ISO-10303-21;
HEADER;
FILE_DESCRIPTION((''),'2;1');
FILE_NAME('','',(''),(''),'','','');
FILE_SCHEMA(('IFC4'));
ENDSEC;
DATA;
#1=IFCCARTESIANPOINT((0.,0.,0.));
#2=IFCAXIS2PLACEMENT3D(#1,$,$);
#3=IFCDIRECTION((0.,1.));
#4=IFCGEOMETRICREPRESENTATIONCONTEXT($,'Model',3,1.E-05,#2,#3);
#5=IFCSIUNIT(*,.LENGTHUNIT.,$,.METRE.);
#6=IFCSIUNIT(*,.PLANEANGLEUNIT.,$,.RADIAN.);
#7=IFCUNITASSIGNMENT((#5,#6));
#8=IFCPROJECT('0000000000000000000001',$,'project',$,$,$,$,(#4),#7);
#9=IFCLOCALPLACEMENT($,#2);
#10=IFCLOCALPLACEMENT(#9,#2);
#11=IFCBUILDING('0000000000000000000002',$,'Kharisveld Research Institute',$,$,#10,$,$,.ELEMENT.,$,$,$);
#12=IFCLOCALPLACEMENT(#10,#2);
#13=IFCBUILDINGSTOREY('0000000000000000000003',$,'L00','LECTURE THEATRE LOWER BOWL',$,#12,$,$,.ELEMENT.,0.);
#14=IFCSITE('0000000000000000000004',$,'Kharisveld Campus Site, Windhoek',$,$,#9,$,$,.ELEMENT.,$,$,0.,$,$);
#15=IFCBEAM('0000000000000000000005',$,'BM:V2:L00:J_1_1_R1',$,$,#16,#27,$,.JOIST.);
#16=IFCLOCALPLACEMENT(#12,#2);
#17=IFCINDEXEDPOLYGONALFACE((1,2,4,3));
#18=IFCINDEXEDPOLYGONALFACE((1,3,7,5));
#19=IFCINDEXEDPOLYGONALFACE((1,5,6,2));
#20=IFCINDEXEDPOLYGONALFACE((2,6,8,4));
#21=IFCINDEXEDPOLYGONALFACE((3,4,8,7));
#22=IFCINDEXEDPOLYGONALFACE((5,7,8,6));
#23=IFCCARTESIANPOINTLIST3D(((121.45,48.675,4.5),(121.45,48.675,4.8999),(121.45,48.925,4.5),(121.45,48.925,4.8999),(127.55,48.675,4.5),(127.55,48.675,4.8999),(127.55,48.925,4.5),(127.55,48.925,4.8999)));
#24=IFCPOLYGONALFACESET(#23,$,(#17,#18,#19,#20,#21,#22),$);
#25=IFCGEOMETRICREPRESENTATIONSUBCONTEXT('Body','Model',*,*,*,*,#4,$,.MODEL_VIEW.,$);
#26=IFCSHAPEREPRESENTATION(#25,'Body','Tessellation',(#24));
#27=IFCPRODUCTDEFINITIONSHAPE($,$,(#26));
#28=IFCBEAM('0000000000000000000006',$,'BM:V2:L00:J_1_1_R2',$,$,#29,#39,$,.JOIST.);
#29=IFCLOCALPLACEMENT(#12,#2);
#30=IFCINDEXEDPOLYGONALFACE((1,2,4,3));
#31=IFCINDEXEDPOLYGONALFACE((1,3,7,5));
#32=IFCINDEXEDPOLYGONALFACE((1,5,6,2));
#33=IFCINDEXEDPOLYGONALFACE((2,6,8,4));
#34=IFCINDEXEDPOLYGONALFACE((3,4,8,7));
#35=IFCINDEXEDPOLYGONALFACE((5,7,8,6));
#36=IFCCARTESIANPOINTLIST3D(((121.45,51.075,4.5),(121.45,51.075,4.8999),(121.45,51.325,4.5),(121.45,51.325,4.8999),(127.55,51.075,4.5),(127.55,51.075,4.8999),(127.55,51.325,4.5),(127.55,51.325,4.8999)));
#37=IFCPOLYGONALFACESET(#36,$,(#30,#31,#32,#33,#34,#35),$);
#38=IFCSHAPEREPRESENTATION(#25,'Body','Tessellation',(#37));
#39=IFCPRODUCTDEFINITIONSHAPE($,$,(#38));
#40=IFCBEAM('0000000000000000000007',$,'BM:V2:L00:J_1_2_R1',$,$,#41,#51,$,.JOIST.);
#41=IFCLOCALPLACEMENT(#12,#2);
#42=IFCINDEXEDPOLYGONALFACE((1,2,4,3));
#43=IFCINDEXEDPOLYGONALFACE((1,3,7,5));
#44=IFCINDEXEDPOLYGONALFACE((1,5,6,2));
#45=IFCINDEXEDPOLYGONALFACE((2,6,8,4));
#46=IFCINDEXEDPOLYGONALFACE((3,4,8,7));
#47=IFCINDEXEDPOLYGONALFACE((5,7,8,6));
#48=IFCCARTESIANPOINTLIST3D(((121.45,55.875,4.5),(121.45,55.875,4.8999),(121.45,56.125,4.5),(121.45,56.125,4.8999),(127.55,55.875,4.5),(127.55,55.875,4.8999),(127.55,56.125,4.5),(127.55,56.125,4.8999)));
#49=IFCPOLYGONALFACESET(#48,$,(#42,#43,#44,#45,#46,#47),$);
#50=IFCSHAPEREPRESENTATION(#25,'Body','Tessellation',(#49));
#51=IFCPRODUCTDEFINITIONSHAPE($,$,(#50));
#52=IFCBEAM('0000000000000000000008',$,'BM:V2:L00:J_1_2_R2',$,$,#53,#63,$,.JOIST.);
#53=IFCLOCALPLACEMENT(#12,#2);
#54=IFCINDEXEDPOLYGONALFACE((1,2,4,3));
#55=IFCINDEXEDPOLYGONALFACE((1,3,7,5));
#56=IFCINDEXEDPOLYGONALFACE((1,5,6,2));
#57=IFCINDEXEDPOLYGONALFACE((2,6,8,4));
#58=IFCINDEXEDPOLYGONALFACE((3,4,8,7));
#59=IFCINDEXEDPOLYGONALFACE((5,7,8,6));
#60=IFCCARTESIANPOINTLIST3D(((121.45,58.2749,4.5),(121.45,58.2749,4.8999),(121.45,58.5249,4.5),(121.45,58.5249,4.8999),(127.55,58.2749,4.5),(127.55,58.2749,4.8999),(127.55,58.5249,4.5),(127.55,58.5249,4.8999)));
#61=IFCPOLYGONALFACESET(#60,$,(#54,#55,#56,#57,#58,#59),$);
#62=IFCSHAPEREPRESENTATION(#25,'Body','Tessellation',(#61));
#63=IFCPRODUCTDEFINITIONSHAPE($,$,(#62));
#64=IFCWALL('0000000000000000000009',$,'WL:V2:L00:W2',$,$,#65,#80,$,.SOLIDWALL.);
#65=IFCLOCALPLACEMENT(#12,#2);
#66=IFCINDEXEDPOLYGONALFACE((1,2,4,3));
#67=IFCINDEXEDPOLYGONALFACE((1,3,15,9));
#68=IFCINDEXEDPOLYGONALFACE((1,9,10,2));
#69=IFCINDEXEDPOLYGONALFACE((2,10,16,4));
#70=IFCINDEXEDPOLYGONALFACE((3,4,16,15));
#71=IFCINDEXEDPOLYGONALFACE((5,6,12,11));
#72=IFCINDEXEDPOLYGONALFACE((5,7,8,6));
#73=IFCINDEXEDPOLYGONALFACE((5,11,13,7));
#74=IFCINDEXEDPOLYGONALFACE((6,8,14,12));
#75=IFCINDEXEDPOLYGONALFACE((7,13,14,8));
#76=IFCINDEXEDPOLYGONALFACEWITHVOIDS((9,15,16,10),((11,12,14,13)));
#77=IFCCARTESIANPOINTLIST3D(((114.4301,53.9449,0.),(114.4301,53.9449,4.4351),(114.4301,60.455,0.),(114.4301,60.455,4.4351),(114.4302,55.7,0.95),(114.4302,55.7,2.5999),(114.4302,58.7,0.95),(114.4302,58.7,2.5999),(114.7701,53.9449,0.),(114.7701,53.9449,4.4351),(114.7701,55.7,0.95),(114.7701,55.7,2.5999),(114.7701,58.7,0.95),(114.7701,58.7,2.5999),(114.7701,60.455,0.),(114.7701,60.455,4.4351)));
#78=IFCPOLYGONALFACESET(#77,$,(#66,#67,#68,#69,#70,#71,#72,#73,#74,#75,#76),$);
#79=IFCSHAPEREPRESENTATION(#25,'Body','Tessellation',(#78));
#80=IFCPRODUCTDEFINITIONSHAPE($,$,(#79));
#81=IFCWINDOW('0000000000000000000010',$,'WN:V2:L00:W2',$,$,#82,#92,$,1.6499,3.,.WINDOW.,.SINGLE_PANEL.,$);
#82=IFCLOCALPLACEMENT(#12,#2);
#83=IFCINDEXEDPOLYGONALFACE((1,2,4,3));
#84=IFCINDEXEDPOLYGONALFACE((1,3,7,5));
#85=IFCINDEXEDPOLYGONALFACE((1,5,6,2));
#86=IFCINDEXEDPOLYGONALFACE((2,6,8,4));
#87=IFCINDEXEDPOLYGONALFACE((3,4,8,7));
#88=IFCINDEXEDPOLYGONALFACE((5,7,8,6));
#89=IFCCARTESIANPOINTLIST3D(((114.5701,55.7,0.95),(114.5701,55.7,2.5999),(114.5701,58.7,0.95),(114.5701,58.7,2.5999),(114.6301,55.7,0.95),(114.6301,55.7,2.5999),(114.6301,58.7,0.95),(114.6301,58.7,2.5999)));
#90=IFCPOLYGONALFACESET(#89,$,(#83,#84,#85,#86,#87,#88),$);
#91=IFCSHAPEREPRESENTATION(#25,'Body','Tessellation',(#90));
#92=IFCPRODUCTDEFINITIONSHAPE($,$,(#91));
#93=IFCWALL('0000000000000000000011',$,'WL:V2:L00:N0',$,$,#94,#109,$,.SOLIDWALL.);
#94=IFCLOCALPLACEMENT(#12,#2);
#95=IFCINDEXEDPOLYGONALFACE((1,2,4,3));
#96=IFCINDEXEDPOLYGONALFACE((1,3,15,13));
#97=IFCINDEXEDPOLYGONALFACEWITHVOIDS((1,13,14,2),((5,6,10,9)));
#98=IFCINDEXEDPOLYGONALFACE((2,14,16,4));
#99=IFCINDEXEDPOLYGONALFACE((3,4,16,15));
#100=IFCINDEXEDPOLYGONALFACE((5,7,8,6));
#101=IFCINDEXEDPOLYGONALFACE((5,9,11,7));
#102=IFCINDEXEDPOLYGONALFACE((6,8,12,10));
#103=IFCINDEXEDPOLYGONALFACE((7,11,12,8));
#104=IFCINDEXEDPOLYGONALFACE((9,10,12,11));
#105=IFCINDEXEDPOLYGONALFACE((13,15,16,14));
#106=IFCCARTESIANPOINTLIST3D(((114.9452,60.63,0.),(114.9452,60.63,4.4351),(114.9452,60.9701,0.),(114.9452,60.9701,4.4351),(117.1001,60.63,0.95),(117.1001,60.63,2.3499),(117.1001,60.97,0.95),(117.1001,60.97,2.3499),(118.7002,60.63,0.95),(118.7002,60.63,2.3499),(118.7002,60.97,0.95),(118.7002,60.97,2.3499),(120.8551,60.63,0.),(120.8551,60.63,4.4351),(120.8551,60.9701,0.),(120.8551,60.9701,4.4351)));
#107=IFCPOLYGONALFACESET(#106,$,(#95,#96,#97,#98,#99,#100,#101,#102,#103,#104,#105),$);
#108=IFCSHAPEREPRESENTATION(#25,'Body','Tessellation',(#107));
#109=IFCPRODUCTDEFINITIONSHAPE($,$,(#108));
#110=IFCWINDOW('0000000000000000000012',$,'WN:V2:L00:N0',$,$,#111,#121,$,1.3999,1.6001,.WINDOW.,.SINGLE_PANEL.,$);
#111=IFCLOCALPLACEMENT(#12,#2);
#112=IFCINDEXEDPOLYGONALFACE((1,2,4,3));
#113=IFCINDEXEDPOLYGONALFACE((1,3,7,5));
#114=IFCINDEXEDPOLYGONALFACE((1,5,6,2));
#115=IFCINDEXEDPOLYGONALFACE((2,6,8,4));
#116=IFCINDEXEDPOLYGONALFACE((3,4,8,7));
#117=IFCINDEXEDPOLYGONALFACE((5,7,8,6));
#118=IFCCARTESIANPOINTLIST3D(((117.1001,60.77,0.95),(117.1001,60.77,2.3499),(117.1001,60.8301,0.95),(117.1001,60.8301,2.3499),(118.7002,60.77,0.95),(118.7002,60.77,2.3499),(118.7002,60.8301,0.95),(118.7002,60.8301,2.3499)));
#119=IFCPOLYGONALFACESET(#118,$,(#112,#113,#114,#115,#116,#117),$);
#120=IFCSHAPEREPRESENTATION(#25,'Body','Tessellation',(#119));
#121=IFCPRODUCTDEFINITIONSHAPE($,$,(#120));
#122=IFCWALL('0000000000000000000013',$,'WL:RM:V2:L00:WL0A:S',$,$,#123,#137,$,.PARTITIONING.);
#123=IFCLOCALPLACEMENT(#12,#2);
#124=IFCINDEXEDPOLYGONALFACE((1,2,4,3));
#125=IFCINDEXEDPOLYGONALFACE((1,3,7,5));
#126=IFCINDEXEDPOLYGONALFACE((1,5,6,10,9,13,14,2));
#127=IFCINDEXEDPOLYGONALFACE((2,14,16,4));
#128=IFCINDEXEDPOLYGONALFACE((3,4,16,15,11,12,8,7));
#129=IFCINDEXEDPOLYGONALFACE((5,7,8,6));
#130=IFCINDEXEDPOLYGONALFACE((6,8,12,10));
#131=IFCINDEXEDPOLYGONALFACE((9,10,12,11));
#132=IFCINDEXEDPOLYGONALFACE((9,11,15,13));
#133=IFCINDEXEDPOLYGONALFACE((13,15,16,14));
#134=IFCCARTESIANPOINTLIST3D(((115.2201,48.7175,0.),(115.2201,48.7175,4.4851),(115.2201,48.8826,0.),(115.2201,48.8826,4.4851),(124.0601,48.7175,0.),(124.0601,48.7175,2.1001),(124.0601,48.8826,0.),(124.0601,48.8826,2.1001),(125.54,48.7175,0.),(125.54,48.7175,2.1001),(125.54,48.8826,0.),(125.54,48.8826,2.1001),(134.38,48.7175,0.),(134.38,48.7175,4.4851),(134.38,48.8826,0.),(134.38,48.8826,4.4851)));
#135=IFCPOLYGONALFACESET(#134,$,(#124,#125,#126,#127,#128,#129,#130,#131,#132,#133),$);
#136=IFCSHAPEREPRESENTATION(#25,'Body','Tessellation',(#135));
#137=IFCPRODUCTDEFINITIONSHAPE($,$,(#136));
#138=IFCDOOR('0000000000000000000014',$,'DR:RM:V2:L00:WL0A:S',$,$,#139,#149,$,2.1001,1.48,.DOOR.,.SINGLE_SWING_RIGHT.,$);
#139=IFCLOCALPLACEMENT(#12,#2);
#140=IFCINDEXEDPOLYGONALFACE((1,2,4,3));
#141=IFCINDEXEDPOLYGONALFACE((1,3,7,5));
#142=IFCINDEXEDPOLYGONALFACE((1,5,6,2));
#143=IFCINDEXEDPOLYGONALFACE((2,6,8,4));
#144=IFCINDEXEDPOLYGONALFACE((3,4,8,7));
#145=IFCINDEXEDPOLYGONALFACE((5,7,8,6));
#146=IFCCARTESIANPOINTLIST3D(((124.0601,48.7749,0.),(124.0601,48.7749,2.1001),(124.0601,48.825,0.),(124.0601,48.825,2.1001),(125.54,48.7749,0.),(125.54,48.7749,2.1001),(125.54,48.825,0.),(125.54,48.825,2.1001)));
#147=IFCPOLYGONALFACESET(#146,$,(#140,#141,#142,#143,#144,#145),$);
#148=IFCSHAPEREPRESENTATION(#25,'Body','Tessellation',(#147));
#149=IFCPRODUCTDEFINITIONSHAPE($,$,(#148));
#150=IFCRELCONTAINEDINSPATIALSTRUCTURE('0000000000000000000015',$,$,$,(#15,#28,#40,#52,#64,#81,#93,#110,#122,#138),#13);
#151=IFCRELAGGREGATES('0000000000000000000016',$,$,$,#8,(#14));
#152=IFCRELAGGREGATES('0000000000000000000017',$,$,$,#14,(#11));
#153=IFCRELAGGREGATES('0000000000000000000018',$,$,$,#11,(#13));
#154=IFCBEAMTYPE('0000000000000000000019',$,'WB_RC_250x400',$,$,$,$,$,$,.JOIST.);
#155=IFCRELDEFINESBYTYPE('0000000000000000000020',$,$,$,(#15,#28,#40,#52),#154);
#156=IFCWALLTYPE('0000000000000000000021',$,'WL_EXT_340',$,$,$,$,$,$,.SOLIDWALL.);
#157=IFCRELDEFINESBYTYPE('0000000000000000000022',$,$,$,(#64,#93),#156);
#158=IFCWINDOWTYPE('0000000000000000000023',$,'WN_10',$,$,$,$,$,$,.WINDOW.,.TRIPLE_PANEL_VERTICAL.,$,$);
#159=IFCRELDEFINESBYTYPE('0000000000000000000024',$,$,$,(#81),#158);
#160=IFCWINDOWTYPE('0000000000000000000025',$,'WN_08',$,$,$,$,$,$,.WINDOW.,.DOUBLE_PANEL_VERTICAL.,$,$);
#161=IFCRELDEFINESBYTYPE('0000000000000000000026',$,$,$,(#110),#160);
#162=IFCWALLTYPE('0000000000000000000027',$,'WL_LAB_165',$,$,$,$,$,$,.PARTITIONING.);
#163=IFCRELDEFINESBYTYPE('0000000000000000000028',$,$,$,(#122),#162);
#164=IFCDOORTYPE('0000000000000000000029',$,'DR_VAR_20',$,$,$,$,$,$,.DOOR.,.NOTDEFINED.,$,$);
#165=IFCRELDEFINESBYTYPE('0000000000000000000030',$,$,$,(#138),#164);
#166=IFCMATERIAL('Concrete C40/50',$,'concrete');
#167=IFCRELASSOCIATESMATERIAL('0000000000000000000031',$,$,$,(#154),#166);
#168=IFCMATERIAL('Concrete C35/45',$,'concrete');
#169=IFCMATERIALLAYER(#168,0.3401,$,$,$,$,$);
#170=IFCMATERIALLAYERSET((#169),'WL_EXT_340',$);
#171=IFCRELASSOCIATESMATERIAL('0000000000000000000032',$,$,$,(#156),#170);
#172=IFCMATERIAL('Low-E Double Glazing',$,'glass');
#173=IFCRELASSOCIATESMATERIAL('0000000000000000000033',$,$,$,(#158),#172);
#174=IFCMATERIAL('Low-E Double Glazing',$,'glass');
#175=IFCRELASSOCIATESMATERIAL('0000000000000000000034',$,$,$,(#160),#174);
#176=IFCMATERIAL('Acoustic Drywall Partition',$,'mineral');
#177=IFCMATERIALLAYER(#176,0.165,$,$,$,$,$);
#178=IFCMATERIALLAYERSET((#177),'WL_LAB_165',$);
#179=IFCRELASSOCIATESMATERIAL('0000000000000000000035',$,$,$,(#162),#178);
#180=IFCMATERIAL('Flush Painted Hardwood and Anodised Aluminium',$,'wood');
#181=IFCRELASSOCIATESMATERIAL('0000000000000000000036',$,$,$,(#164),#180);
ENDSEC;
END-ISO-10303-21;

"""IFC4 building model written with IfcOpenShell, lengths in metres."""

from ifc_helpers import new_model, si_unit, direction, frame, frame_2d, origin, origin_2d, place, context, subcontext, project, spatial, rectangle, extrude, material, layer, layer_set, material_profile, profile_set, type_object, element, fill, save


model = new_model("IFC4")

# Units and contexts
model_context = context("Model", 3, precision=1e-05, world=origin(), true_north=direction((0.0, 1.0)))
body_context = subcontext(model_context, "Body", "Model", "MODEL_VIEW")
ifc_project = project(units=[si_unit("LENGTHUNIT", "METRE"), si_unit("PLANEANGLEUNIT", "RADIAN")], contexts=[model_context])

# Site, building, storey
site_placement = place(None, origin())
site = spatial("IfcSite", under=ifc_project, at=site_placement, Name="Kharisveld Campus Site, Windhoek", CompositionType="ELEMENT", RefElevation=0.0)
building_placement = place(site_placement, origin())
building = spatial("IfcBuilding", under=site, at=building_placement, Name="Kharisveld Research Institute", CompositionType="ELEMENT")
storey_placement = place(building_placement, origin())
storey = spatial("IfcBuildingStorey", under=building, at=storey_placement, Name="L00", Description="LECTURE THEATRE LOWER BOWL", CompositionType="ELEMENT", Elevation=0.0)

# Beams
ifc_material_1 = material(Name="Concrete C40/50", Category="concrete")
ifc_material_profile_1 = material_profile(ifc_material_1, rectangle(XDim=0.25, YDim=0.3999, at=origin_2d()))
ifc_profile_set_1 = profile_set([ifc_material_profile_1], Name="Concrete C40/50")
beam_type_1 = type_object("IfcBeamType", Name="WB_RC_250x400", PredefinedType="JOIST", material=ifc_profile_set_1)
for number, where, z_axis, x_axis, name in (
    (1, (121.45, 48.8, 4.7), (1.0, 0.0, 0.0), (0.0, 1.0, 0.0), "BM:V2:L00:J_1_1_R1"),
    (2, (121.45, 51.2, 4.7), (1.0, 0.0, 0.0), (0.0, 1.0, 0.0), "BM:V2:L00:J_1_1_R2"),
    (3, (121.45, 56.0, 4.7), (1.0, 0.0, 0.0), (0.0, 1.0, 0.0), "BM:V2:L00:J_1_2_R1"),
    (4, (121.45, 58.3999, 4.7), (1.0, 0.0, 0.0), (0.0, 1.0, 0.0), "BM:V2:L00:J_1_2_R2"),
):
    element("IfcBeam", number, at=place(storey_placement, frame(where, z_axis=z_axis, x_axis=x_axis)), inside=storey, type_object=beam_type_1, Name=name, PredefinedType="JOIST", context=body_context, shape_type="SweptSolid", body=[
        extrude(rectangle(XDim=0.25, YDim=0.3999, at=origin_2d()), origin(), (0.0, 0.0, 1.0), 6.1001),
    ])

# Walls, openings, windows
ifc_material_2 = material(Name="Concrete C35/45", Category="concrete")
ifc_layer_1 = layer(ifc_material_2, 0.3401)
ifc_layer_set_1 = layer_set([ifc_layer_1], Name="WL_EXT_340")
wall_type_1 = type_object("IfcWallType", Name="WL_EXT_340", PredefinedType="SOLIDWALL", material=ifc_layer_set_1)
wall_1_placement = place(storey_placement, frame((114.6001, 53.9451, 0.0), z_axis=(0.0, 0.0, 1.0), x_axis=(0.0, 1.0, 0.0)))
wall_1 = element("IfcWall", 5, at=wall_1_placement, inside=storey, type_object=wall_type_1, Name="WL:V2:L00:W2", PredefinedType="SOLIDWALL", context=body_context, shape_type="SweptSolid", body=[
    extrude(rectangle(XDim=6.51, YDim=0.3401, at=frame_2d((3.2549, 0.0))), origin(), (0.0, 0.0, 1.0), 4.4351),
])
opening_1_placement = place(wall_1_placement, frame((1.7549, 0.0, 0.95)))
opening_1 = element("IfcOpeningElement", 6, at=opening_1_placement, cuts=wall_1, PredefinedType="OPENING", context=body_context, shape_type="SweptSolid", body=[
    extrude(rectangle(XDim=3.0, YDim=1.6499, at=frame_2d((1.5, 0.825))), frame((0.0, 0.1699, 0.0), z_axis=(0.0, -1.0, 0.0), x_axis=(1.0, 0.0, 0.0)), (0.0, 0.0, 1.0), 0.3401),
])
ifc_material_3 = material(Name="Low-E Double Glazing", Category="glass")
window_type_1 = type_object("IfcWindowType", Name="WN_10", PartitioningType="TRIPLE_PANEL_VERTICAL", PredefinedType="WINDOW", material=ifc_material_3)
window_1_placement = place(opening_1_placement, origin())
window_1 = element("IfcWindow", 7, at=window_1_placement, inside=storey, type_object=window_type_1, Name="WN:V2:L00:W2", OverallHeight=1.6499, OverallWidth=3.0, PartitioningType="SINGLE_PANEL", PredefinedType="WINDOW", context=body_context, shape_type="SweptSolid", body=[
    extrude(rectangle(XDim=3.0, YDim=1.6499, at=frame_2d((1.5, 0.825))), frame((0.0, 0.03, 0.0), z_axis=(0.0, -1.0, 0.0), x_axis=(1.0, 0.0, 0.0)), (0.0, 0.0, 1.0), 0.0601),
])
fill(opening_1, window_1)
wall_2_placement = place(storey_placement, frame((114.9451, 60.8, 0.0), z_axis=(0.0, 0.0, 1.0), x_axis=(1.0, 0.0, 0.0)))
wall_2 = element("IfcWall", 8, at=wall_2_placement, inside=storey, type_object=wall_type_1, Name="WL:V2:L00:N0", PredefinedType="SOLIDWALL", context=body_context, shape_type="SweptSolid", body=[
    extrude(rectangle(XDim=5.9099, YDim=0.3401, at=frame_2d((2.9551, 0.0))), origin(), (0.0, 0.0, 1.0), 4.4351),
])
opening_2_placement = place(wall_2_placement, frame((2.155, 0.0, 0.95)))
opening_2 = element("IfcOpeningElement", 9, at=opening_2_placement, cuts=wall_2, PredefinedType="OPENING", context=body_context, shape_type="SweptSolid", body=[
    extrude(rectangle(XDim=1.6001, YDim=1.3999, at=frame_2d((0.8, 0.7))), frame((0.0, 0.1699, 0.0), z_axis=(0.0, -1.0, 0.0), x_axis=(1.0, 0.0, 0.0)), (0.0, 0.0, 1.0), 0.3401),
])
ifc_material_4 = material(Name="Low-E Double Glazing", Category="glass")
window_type_2 = type_object("IfcWindowType", Name="WN_08", PartitioningType="DOUBLE_PANEL_VERTICAL", PredefinedType="WINDOW", material=ifc_material_4)
window_2_placement = place(opening_2_placement, origin())
window_2 = element("IfcWindow", 10, at=window_2_placement, inside=storey, type_object=window_type_2, Name="WN:V2:L00:N0", OverallHeight=1.3999, OverallWidth=1.6001, PartitioningType="SINGLE_PANEL", PredefinedType="WINDOW", context=body_context, shape_type="SweptSolid", body=[
    extrude(rectangle(XDim=1.6001, YDim=1.3999, at=frame_2d((0.8, 0.7))), frame((0.0, 0.03, 0.0), z_axis=(0.0, -1.0, 0.0), x_axis=(1.0, 0.0, 0.0)), (0.0, 0.0, 1.0), 0.0601),
])
fill(opening_2, window_2)

# Wall, opening, door
ifc_material_5 = material(Name="Acoustic Drywall Partition", Category="mineral")
ifc_layer_2 = layer(ifc_material_5, 0.165)
ifc_layer_set_2 = layer_set([ifc_layer_2], Name="WL_LAB_165")
wall_type_2 = type_object("IfcWallType", Name="WL_LAB_165", PredefinedType="PARTITIONING", material=ifc_layer_set_2)
wall_3_placement = place(storey_placement, frame((115.22, 48.8, 0.0), z_axis=(0.0, 0.0, 1.0), x_axis=(1.0, 0.0, 0.0)))
wall_3 = element("IfcWall", 11, at=wall_3_placement, inside=storey, type_object=wall_type_2, Name="WL:RM:V2:L00:WL0A:S", PredefinedType="PARTITIONING", context=body_context, shape_type="SweptSolid", body=[
    extrude(rectangle(XDim=19.1599, YDim=0.165, at=frame_2d((9.5801, 0.0))), origin(), (0.0, 0.0, 1.0), 4.4851),
])
opening_3_placement = place(wall_3_placement, frame((8.8401, 0.0, 0.0)))
opening_3 = element("IfcOpeningElement", 12, at=opening_3_placement, cuts=wall_3, PredefinedType="OPENING", context=body_context, shape_type="SweptSolid", body=[
    extrude(rectangle(XDim=1.48, YDim=2.1001, at=frame_2d((0.74, 1.05))), frame((0.0, 0.0825, 0.0), z_axis=(0.0, -1.0, 0.0), x_axis=(1.0, 0.0, 0.0)), (0.0, 0.0, 1.0), 0.165),
])
ifc_material_6 = material(Name="Flush Painted Hardwood and Anodised Aluminium", Category="wood")
door_type_1 = type_object("IfcDoorType", Name="DR_VAR_20", OperationType="NOTDEFINED", PredefinedType="DOOR", material=ifc_material_6)
door_1_placement = place(opening_3_placement, origin())
door_1 = element("IfcDoor", 13, at=door_1_placement, inside=storey, type_object=door_type_1, Name="DR:RM:V2:L00:WL0A:S", OperationType="SINGLE_SWING_RIGHT", OverallHeight=2.1001, OverallWidth=1.48, PredefinedType="DOOR", context=body_context, shape_type="SweptSolid", body=[
    extrude(rectangle(XDim=1.48, YDim=2.1001, at=frame_2d((0.74, 1.05))), frame((0.0, 0.0249, 0.0), z_axis=(0.0, -1.0, 0.0), x_axis=(1.0, 0.0, 0.0)), (0.0, 0.0, 1.0), 0.05),
])
fill(opening_3, door_1)

save(model, "model.ifc")
